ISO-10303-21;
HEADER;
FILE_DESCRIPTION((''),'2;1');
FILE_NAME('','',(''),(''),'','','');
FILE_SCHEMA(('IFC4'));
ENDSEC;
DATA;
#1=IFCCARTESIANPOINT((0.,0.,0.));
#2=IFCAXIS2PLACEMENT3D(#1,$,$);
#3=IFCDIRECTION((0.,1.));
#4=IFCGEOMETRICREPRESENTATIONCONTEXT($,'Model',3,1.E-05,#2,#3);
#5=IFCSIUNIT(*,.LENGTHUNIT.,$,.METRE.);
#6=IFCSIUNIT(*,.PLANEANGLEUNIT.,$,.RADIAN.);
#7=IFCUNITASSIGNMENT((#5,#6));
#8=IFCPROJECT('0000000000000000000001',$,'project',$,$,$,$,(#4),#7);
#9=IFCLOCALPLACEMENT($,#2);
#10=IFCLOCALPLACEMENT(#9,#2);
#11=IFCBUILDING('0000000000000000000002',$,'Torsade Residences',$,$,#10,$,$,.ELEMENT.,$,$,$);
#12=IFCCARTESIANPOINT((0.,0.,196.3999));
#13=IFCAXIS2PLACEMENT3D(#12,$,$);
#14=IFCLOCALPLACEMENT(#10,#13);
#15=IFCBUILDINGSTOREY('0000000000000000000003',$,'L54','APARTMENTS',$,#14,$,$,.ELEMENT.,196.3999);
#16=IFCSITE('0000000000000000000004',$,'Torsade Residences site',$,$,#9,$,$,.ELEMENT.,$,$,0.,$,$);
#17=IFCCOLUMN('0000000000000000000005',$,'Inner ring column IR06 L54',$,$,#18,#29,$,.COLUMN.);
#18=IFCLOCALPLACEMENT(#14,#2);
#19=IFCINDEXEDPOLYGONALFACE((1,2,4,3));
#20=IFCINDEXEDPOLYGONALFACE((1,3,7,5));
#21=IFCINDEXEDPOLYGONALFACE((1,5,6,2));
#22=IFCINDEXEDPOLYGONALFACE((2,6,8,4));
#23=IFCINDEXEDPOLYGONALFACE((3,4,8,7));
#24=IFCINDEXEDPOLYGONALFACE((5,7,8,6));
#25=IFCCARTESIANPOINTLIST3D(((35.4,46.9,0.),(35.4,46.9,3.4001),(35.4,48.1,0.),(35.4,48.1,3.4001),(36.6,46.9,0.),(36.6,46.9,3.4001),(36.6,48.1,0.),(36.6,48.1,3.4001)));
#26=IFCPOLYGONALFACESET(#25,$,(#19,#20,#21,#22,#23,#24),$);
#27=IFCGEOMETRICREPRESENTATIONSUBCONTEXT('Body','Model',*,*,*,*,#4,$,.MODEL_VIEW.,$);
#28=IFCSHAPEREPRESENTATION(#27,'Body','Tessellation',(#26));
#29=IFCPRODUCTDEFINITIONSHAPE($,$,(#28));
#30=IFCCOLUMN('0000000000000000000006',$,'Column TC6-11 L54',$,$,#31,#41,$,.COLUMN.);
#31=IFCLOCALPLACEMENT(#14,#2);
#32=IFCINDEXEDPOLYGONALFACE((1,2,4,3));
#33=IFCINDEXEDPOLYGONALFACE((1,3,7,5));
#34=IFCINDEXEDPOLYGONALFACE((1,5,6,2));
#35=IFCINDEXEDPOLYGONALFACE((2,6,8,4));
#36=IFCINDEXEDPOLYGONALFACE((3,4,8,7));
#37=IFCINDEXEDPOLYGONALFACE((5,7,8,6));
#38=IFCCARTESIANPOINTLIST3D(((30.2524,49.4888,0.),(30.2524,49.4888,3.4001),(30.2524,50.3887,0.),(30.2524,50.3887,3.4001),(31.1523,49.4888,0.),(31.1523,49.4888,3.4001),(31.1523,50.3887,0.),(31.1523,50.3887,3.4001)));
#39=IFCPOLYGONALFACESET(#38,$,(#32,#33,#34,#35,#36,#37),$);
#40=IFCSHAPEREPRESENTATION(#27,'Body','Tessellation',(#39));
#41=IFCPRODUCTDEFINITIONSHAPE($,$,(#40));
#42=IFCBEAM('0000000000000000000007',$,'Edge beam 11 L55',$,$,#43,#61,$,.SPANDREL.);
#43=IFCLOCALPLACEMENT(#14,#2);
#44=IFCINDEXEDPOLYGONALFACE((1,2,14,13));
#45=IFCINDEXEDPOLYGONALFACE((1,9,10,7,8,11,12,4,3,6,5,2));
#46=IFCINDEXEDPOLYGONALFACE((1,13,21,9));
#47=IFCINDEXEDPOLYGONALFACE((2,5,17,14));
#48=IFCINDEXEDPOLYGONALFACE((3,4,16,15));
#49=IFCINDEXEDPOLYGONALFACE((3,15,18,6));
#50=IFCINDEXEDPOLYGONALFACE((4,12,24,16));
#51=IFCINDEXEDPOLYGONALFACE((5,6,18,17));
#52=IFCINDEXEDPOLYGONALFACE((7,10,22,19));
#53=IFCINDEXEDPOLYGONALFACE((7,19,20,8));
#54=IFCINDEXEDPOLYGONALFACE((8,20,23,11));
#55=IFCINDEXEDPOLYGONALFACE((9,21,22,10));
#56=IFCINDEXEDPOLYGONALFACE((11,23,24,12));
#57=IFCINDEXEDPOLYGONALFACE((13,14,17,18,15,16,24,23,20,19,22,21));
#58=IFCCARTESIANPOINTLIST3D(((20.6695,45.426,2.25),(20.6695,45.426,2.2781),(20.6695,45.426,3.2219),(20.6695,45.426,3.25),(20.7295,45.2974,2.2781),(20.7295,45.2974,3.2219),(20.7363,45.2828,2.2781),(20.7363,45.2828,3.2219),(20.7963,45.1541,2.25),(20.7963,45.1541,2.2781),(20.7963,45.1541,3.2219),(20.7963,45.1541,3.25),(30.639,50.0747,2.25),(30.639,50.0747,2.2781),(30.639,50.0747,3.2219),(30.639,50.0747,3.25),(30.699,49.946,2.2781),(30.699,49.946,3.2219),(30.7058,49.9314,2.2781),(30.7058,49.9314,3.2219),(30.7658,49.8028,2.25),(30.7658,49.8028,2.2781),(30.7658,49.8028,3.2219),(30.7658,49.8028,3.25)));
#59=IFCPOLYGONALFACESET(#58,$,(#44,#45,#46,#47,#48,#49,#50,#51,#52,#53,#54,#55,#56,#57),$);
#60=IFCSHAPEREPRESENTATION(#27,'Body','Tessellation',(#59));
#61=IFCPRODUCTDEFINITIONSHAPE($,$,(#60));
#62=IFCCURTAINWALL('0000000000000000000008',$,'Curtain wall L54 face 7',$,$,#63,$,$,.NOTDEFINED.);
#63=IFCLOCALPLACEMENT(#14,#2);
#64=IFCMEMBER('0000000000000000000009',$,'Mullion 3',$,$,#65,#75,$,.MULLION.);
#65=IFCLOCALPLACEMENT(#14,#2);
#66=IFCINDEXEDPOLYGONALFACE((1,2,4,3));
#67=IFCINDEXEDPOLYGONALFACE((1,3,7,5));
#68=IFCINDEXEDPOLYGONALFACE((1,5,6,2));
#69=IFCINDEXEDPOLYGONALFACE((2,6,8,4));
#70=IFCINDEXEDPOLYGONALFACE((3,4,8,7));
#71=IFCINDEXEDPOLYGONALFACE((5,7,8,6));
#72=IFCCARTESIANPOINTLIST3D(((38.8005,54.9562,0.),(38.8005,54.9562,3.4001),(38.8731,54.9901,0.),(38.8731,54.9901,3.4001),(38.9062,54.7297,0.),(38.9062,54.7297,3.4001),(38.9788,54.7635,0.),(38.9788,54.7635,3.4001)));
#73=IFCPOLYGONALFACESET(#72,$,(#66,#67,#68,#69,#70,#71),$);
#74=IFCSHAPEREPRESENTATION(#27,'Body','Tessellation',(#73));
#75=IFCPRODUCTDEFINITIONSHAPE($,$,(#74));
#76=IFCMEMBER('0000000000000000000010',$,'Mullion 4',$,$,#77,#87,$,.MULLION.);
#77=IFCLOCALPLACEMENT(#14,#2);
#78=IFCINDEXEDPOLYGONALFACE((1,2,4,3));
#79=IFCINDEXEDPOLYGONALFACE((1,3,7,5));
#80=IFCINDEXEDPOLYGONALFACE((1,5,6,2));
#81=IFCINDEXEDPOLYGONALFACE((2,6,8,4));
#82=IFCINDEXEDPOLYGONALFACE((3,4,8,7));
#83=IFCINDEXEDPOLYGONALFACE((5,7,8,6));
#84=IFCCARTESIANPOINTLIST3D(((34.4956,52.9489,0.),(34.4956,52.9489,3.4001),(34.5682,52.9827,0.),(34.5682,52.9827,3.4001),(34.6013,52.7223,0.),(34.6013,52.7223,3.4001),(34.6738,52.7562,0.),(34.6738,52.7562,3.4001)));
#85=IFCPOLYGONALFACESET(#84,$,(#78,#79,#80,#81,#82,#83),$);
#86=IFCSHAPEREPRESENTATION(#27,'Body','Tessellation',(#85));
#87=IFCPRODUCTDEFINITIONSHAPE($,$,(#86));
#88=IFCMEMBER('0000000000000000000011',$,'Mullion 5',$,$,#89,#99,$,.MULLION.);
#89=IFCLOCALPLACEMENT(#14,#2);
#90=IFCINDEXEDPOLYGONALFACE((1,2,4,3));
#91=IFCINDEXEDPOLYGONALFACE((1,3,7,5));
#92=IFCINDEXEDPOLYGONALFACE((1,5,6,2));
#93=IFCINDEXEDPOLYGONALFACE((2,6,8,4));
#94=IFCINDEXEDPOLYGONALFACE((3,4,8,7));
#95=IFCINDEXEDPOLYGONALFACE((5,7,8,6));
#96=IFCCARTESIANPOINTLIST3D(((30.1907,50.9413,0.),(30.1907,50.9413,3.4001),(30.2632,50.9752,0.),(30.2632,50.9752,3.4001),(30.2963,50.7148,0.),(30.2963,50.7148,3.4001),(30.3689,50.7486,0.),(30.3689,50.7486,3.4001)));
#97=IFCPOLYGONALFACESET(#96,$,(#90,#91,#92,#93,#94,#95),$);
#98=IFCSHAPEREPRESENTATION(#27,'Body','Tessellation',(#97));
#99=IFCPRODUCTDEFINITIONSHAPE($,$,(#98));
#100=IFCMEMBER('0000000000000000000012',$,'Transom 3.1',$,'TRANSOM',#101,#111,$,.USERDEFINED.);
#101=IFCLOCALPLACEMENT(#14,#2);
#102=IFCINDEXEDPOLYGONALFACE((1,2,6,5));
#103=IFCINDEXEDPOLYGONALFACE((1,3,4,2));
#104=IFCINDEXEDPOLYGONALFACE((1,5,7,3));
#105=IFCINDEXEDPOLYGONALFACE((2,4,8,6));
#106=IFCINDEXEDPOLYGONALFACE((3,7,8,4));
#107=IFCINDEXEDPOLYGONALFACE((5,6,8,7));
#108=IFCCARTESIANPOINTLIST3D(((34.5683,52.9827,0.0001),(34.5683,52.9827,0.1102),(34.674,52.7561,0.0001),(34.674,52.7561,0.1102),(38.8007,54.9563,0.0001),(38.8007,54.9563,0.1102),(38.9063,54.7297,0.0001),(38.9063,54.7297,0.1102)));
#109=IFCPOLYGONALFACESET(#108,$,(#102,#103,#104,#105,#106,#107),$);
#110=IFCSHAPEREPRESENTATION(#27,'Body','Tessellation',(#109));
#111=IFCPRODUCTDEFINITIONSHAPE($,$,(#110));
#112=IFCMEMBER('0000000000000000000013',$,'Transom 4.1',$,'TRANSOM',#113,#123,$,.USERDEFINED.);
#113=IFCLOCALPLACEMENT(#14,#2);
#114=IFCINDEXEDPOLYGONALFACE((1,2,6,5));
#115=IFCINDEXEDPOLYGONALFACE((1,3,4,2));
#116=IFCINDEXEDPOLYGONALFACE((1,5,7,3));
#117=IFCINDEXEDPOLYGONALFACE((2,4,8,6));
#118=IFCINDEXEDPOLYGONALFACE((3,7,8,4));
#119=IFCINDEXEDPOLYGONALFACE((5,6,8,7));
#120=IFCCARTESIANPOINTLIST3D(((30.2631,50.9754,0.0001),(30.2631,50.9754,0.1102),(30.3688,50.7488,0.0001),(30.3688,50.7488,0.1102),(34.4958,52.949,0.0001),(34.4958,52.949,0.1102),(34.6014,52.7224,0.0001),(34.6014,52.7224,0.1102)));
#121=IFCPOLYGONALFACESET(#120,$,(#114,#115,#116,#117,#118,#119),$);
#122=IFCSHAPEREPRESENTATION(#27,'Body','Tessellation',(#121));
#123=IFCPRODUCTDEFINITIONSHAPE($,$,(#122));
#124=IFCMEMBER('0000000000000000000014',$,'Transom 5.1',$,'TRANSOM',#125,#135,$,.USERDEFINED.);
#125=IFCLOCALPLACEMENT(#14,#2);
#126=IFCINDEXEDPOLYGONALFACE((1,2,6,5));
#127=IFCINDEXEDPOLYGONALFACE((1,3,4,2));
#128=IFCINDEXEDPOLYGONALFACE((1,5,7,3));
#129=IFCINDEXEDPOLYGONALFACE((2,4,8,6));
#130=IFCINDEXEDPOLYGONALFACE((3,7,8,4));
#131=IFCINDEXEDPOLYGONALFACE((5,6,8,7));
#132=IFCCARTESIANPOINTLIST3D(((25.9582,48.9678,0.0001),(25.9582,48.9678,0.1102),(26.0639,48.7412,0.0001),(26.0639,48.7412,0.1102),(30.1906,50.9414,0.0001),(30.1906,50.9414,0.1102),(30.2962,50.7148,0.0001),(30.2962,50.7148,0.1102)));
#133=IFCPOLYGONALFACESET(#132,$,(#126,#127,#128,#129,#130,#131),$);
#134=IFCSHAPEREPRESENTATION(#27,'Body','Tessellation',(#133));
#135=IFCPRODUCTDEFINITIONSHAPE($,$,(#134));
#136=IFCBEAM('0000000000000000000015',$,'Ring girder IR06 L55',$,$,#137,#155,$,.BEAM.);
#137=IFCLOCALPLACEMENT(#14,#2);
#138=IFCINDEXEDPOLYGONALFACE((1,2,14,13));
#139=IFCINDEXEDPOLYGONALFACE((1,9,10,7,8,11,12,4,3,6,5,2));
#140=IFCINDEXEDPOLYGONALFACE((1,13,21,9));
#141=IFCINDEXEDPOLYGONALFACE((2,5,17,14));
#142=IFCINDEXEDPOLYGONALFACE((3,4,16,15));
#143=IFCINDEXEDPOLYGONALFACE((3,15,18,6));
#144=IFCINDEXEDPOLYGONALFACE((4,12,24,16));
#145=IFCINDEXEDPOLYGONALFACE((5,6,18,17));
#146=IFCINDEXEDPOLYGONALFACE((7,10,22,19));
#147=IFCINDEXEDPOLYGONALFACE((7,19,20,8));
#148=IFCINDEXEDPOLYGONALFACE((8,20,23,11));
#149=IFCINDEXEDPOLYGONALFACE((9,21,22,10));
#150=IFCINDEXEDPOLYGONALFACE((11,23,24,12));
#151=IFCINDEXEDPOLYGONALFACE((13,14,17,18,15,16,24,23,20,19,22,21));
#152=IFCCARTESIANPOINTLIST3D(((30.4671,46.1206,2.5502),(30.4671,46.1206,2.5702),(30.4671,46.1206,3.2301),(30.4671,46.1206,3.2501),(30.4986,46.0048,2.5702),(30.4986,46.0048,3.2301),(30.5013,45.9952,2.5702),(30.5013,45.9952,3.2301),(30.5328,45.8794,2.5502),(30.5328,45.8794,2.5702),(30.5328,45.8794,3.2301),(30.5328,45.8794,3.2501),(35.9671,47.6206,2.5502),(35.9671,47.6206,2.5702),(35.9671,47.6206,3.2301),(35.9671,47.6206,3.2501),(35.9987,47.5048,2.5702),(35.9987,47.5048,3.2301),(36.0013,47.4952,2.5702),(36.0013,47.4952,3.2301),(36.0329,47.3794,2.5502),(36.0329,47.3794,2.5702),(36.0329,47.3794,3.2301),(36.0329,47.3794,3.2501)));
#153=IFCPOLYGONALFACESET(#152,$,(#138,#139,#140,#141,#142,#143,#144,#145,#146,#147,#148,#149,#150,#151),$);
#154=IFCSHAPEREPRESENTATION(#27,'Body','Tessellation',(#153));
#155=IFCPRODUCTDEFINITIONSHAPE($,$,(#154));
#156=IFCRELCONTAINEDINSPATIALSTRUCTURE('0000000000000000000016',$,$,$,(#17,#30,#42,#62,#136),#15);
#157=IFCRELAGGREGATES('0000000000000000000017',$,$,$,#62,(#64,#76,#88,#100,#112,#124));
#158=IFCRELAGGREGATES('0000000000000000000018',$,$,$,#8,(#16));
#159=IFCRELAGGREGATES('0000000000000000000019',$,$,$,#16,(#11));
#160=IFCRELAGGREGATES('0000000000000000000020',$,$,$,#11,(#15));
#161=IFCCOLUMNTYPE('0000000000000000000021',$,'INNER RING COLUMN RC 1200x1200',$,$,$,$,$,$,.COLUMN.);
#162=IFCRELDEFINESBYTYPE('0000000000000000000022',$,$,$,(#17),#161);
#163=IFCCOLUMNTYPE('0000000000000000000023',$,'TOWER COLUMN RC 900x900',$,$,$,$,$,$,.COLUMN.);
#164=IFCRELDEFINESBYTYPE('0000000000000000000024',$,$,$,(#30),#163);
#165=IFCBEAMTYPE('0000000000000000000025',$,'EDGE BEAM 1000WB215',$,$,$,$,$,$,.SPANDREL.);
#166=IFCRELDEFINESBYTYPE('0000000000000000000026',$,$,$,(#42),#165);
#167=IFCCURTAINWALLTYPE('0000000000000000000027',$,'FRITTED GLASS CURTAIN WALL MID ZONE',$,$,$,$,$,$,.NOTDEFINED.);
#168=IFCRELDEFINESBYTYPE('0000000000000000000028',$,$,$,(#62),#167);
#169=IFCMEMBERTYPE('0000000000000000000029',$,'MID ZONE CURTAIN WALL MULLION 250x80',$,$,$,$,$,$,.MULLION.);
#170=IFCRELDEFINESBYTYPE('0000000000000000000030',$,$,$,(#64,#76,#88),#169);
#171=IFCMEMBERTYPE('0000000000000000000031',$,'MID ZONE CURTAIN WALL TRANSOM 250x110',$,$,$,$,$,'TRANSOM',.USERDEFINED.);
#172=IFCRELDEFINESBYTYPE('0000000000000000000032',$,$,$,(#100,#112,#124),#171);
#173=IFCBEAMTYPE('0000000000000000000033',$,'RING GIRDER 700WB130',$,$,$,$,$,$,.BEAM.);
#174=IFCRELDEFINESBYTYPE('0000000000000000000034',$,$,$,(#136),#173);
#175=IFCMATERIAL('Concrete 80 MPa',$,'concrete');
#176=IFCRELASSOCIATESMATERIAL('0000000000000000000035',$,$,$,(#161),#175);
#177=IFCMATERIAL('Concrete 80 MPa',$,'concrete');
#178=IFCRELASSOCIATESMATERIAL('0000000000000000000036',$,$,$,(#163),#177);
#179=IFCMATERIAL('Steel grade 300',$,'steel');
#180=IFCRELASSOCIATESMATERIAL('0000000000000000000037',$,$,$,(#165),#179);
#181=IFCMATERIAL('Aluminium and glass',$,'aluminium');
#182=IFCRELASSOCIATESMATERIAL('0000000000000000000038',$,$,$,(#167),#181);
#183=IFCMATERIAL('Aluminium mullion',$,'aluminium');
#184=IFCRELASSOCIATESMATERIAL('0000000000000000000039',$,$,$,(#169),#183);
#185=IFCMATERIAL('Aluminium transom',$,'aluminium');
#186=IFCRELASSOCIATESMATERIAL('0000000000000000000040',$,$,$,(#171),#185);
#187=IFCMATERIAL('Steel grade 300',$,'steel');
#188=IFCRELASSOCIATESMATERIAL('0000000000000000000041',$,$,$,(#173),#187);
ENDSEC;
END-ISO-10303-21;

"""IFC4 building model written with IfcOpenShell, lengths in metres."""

from ifc_helpers import new_model, si_unit, direction, frame, origin, origin_2d, place, context, subcontext, project, spatial, rectangle, i_section, extrude, material, material_profile, profile_set, type_object, element, aggregate, save


model = new_model("IFC4")

# Units and contexts
model_context = context("Model", 3, precision=1e-05, world=origin(), true_north=direction((0.0, 1.0)))
body_context = subcontext(model_context, "Body", "Model", "MODEL_VIEW")
ifc_project = project(units=[si_unit("LENGTHUNIT", "METRE"), si_unit("PLANEANGLEUNIT", "RADIAN")], contexts=[model_context])

# Site, building, storey
site_placement = place(None, origin())
site = spatial("IfcSite", under=ifc_project, at=site_placement, Name="Torsade Residences site", CompositionType="ELEMENT", RefElevation=0.0)
building_placement = place(site_placement, origin())
building = spatial("IfcBuilding", under=site, at=building_placement, Name="Torsade Residences", CompositionType="ELEMENT")
storey_placement = place(building_placement, frame((0.0, 0.0, 196.3999)))
storey = spatial("IfcBuildingStorey", under=building, at=storey_placement, Name="L54", Description="APARTMENTS", CompositionType="ELEMENT", Elevation=196.3999)

# Columns
ifc_material_1 = material(Name="Concrete 80 MPa", Category="concrete")
ifc_material_profile_1 = material_profile(ifc_material_1, rectangle(XDim=1.2, YDim=1.2, at=origin_2d()), Name="RC 1200x1200")
ifc_profile_set_1 = profile_set([ifc_material_profile_1], Name="Concrete 80 MPa")
column_type_1 = type_object("IfcColumnType", Name="INNER RING COLUMN RC 1200x1200", PredefinedType="COLUMN", material=ifc_profile_set_1)
column_1_placement = place(storey_placement, frame((36.0, 47.5, 0.0), z_axis=(0.0, 0.0, 1.0), x_axis=(1.0, 0.0, 0.0)))
element("IfcColumn", 1, at=column_1_placement, inside=storey, type_object=column_type_1, Name="Inner ring column IR06 L54", PredefinedType="COLUMN", context=body_context, shape_type="SweptSolid", body=[
    extrude(rectangle(XDim=1.2, YDim=1.2, at=origin_2d()), origin(), (0.0, 0.0, 1.0), 3.4001),
])
ifc_material_2 = material(Name="Concrete 80 MPa", Category="concrete")
ifc_material_profile_2 = material_profile(ifc_material_2, rectangle(XDim=0.8999, YDim=0.8999, at=origin_2d()), Name="RC 900x900")
ifc_profile_set_2 = profile_set([ifc_material_profile_2], Name="Concrete 80 MPa")
column_type_2 = type_object("IfcColumnType", Name="TOWER COLUMN RC 900x900", PredefinedType="COLUMN", material=ifc_profile_set_2)
column_2_placement = place(storey_placement, frame((30.7024, 49.9387, 0.0), z_axis=(0.0, 0.0, 1.0), x_axis=(1.0, 0.0, 0.0)))
element("IfcColumn", 2, at=column_2_placement, inside=storey, type_object=column_type_2, Name="Column TC6-11 L54", PredefinedType="COLUMN", context=body_context, shape_type="SweptSolid", body=[
    extrude(rectangle(XDim=0.8999, YDim=0.8999, at=origin_2d()), origin(), (0.0, 0.0, 1.0), 3.4001),
])

# Beam
ifc_material_3 = material(Name="Steel grade 300", Category="steel")
ifc_material_profile_3 = material_profile(ifc_material_3, i_section(OverallWidth=0.3, OverallDepth=1.0, WebThickness=0.0161, FlangeThickness=0.0281, at=origin_2d()), Name="1000WB215")
ifc_profile_set_3 = profile_set([ifc_material_profile_3], Name="Steel grade 300")
beam_type_1 = type_object("IfcBeamType", Name="EDGE BEAM 1000WB215", PredefinedType="SPANDREL", material=ifc_profile_set_3)
beam_1_placement = place(storey_placement, frame((30.7024, 49.9387, 2.75), z_axis=(-0.906314, -0.422606, 0.0), x_axis=(0.422606, -0.906314, 0.0)))
element("IfcBeam", 3, at=beam_1_placement, inside=storey, type_object=beam_type_1, Name="Edge beam 11 L55", PredefinedType="SPANDREL", context=body_context, shape_type="SweptSolid", body=[
    extrude(i_section(OverallWidth=0.3, OverallDepth=1.0, WebThickness=0.0161, FlangeThickness=0.0281, at=origin_2d()), origin(), (0.0, 0.0, 1.0), 11.0),
])

# Curtain wall, members
ifc_material_4 = material(Name="Aluminium and glass", Category="aluminium")
curtain_wall_type = type_object("IfcCurtainWallType", Name="FRITTED GLASS CURTAIN WALL MID ZONE", PredefinedType="NOTDEFINED", material=ifc_material_4)
curtain_wall_placement = place(storey_placement, origin())
curtain_wall = element("IfcCurtainWall", 4, at=curtain_wall_placement, inside=storey, type_object=curtain_wall_type, Name="Curtain wall L54 face 7", PredefinedType="NOTDEFINED")
ifc_material_5 = material(Name="Aluminium mullion", Category="aluminium")
ifc_material_profile_4 = material_profile(ifc_material_5, rectangle(XDim=0.25, YDim=0.0801, at=origin_2d()), Name="MID ZONE CURTAIN WALL MULLION 250x80")
ifc_profile_set_4 = profile_set([ifc_material_profile_4], Name="Aluminium mullion")
member_type_1 = type_object("IfcMemberType", Name="MID ZONE CURTAIN WALL MULLION 250x80", PredefinedType="MULLION", material=ifc_profile_set_4)
member_1_placement = place(storey_placement, frame((38.8896, 54.8599, 0.0), z_axis=(0.0, 0.0, 1.0), x_axis=(0.422618, -0.906308, 0.0)))
member_1 = element("IfcMember", 5, at=member_1_placement, type_object=member_type_1, Name="Mullion 3", PredefinedType="MULLION", context=body_context, shape_type="SweptSolid", body=[
    extrude(rectangle(XDim=0.25, YDim=0.0801, at=origin_2d()), origin(), (0.0, 0.0, 1.0), 3.4001),
])
member_2_placement = place(storey_placement, frame((34.5847, 52.8525, 0.0), z_axis=(0.0, 0.0, 1.0), x_axis=(0.422618, -0.906308, 0.0)))
member_2 = element("IfcMember", 6, at=member_2_placement, type_object=member_type_1, Name="Mullion 4", PredefinedType="MULLION", context=body_context, shape_type="SweptSolid", body=[
    extrude(rectangle(XDim=0.25, YDim=0.0801, at=origin_2d()), origin(), (0.0, 0.0, 1.0), 3.4001),
])
member_3_placement = place(storey_placement, frame((30.2798, 50.845, 0.0), z_axis=(0.0, 0.0, 1.0), x_axis=(0.422618, -0.906308, 0.0)))
member_3 = element("IfcMember", 7, at=member_3_placement, type_object=member_type_1, Name="Mullion 5", PredefinedType="MULLION", context=body_context, shape_type="SweptSolid", body=[
    extrude(rectangle(XDim=0.25, YDim=0.0801, at=origin_2d()), origin(), (0.0, 0.0, 1.0), 3.4001),
])
ifc_material_6 = material(Name="Aluminium transom", Category="aluminium")
ifc_material_profile_5 = material_profile(ifc_material_6, rectangle(XDim=0.25, YDim=0.1101, at=origin_2d()), Name="MID ZONE CURTAIN WALL TRANSOM 250x110")
ifc_profile_set_5 = profile_set([ifc_material_profile_5], Name="Aluminium transom")
member_type_2 = type_object("IfcMemberType", Name="MID ZONE CURTAIN WALL TRANSOM 250x110", ElementType="TRANSOM", PredefinedType="USERDEFINED", material=ifc_profile_set_5)
member_4_placement = place(storey_placement, frame((38.8535, 54.843, 0.0552), z_axis=(-0.906306, -0.422622, 0.0), x_axis=(0.422622, -0.906306, 0.0)))
member_4 = element("IfcMember", 8, at=member_4_placement, type_object=member_type_2, Name="Transom 3.1", ObjectType="TRANSOM", PredefinedType="USERDEFINED", context=body_context, shape_type="SweptSolid", body=[
    extrude(rectangle(XDim=0.25, YDim=0.1101, at=origin_2d()), origin(), (0.0, 0.0, 1.0), 4.6699),
])
member_5_placement = place(storey_placement, frame((34.5486, 52.8357, 0.0552), z_axis=(-0.906315, -0.422602, 0.0), x_axis=(0.422602, -0.906315, 0.0)))
member_5 = element("IfcMember", 9, at=member_5_placement, type_object=member_type_2, Name="Transom 4.1", ObjectType="TRANSOM", PredefinedType="USERDEFINED", context=body_context, shape_type="SweptSolid", body=[
    extrude(rectangle(XDim=0.25, YDim=0.1101, at=origin_2d()), origin(), (0.0, 0.0, 1.0), 4.6702),
])
member_6_placement = place(storey_placement, frame((30.2434, 50.8281, 0.0552), z_axis=(-0.906306, -0.422622, 0.0), x_axis=(0.422622, -0.906306, 0.0)))
member_6 = element("IfcMember", 10, at=member_6_placement, type_object=member_type_2, Name="Transom 5.1", ObjectType="TRANSOM", PredefinedType="USERDEFINED", context=body_context, shape_type="SweptSolid", body=[
    extrude(rectangle(XDim=0.25, YDim=0.1101, at=origin_2d()), origin(), (0.0, 0.0, 1.0), 4.6699),
])

# Beam
ifc_material_7 = material(Name="Steel grade 300", Category="steel")
ifc_material_profile_6 = material_profile(ifc_material_7, i_section(OverallWidth=0.25, OverallDepth=0.7, WebThickness=0.01, FlangeThickness=0.02, at=origin_2d()), Name="700WB130")
ifc_profile_set_6 = profile_set([ifc_material_profile_6], Name="Steel grade 300")
beam_type_2 = type_object("IfcBeamType", Name="RING GIRDER 700WB130", PredefinedType="BEAM", material=ifc_profile_set_6)
beam_2_placement = place(storey_placement, frame((36.0, 47.5, 2.9001), z_axis=(-0.964764, -0.263117, 0.0), x_axis=(0.263117, -0.964764, 0.0)))
element("IfcBeam", 11, at=beam_2_placement, inside=storey, type_object=beam_type_2, Name="Ring girder IR06 L55", PredefinedType="BEAM", context=body_context, shape_type="SweptSolid", body=[
    extrude(i_section(OverallWidth=0.25, OverallDepth=0.7, WebThickness=0.01, FlangeThickness=0.02, at=origin_2d()), origin(), (0.0, 0.0, 1.0), 5.7009),
])

aggregate(curtain_wall, [member_1, member_2, member_3, member_4, member_5, member_6])

save(model, "model.ifc")
